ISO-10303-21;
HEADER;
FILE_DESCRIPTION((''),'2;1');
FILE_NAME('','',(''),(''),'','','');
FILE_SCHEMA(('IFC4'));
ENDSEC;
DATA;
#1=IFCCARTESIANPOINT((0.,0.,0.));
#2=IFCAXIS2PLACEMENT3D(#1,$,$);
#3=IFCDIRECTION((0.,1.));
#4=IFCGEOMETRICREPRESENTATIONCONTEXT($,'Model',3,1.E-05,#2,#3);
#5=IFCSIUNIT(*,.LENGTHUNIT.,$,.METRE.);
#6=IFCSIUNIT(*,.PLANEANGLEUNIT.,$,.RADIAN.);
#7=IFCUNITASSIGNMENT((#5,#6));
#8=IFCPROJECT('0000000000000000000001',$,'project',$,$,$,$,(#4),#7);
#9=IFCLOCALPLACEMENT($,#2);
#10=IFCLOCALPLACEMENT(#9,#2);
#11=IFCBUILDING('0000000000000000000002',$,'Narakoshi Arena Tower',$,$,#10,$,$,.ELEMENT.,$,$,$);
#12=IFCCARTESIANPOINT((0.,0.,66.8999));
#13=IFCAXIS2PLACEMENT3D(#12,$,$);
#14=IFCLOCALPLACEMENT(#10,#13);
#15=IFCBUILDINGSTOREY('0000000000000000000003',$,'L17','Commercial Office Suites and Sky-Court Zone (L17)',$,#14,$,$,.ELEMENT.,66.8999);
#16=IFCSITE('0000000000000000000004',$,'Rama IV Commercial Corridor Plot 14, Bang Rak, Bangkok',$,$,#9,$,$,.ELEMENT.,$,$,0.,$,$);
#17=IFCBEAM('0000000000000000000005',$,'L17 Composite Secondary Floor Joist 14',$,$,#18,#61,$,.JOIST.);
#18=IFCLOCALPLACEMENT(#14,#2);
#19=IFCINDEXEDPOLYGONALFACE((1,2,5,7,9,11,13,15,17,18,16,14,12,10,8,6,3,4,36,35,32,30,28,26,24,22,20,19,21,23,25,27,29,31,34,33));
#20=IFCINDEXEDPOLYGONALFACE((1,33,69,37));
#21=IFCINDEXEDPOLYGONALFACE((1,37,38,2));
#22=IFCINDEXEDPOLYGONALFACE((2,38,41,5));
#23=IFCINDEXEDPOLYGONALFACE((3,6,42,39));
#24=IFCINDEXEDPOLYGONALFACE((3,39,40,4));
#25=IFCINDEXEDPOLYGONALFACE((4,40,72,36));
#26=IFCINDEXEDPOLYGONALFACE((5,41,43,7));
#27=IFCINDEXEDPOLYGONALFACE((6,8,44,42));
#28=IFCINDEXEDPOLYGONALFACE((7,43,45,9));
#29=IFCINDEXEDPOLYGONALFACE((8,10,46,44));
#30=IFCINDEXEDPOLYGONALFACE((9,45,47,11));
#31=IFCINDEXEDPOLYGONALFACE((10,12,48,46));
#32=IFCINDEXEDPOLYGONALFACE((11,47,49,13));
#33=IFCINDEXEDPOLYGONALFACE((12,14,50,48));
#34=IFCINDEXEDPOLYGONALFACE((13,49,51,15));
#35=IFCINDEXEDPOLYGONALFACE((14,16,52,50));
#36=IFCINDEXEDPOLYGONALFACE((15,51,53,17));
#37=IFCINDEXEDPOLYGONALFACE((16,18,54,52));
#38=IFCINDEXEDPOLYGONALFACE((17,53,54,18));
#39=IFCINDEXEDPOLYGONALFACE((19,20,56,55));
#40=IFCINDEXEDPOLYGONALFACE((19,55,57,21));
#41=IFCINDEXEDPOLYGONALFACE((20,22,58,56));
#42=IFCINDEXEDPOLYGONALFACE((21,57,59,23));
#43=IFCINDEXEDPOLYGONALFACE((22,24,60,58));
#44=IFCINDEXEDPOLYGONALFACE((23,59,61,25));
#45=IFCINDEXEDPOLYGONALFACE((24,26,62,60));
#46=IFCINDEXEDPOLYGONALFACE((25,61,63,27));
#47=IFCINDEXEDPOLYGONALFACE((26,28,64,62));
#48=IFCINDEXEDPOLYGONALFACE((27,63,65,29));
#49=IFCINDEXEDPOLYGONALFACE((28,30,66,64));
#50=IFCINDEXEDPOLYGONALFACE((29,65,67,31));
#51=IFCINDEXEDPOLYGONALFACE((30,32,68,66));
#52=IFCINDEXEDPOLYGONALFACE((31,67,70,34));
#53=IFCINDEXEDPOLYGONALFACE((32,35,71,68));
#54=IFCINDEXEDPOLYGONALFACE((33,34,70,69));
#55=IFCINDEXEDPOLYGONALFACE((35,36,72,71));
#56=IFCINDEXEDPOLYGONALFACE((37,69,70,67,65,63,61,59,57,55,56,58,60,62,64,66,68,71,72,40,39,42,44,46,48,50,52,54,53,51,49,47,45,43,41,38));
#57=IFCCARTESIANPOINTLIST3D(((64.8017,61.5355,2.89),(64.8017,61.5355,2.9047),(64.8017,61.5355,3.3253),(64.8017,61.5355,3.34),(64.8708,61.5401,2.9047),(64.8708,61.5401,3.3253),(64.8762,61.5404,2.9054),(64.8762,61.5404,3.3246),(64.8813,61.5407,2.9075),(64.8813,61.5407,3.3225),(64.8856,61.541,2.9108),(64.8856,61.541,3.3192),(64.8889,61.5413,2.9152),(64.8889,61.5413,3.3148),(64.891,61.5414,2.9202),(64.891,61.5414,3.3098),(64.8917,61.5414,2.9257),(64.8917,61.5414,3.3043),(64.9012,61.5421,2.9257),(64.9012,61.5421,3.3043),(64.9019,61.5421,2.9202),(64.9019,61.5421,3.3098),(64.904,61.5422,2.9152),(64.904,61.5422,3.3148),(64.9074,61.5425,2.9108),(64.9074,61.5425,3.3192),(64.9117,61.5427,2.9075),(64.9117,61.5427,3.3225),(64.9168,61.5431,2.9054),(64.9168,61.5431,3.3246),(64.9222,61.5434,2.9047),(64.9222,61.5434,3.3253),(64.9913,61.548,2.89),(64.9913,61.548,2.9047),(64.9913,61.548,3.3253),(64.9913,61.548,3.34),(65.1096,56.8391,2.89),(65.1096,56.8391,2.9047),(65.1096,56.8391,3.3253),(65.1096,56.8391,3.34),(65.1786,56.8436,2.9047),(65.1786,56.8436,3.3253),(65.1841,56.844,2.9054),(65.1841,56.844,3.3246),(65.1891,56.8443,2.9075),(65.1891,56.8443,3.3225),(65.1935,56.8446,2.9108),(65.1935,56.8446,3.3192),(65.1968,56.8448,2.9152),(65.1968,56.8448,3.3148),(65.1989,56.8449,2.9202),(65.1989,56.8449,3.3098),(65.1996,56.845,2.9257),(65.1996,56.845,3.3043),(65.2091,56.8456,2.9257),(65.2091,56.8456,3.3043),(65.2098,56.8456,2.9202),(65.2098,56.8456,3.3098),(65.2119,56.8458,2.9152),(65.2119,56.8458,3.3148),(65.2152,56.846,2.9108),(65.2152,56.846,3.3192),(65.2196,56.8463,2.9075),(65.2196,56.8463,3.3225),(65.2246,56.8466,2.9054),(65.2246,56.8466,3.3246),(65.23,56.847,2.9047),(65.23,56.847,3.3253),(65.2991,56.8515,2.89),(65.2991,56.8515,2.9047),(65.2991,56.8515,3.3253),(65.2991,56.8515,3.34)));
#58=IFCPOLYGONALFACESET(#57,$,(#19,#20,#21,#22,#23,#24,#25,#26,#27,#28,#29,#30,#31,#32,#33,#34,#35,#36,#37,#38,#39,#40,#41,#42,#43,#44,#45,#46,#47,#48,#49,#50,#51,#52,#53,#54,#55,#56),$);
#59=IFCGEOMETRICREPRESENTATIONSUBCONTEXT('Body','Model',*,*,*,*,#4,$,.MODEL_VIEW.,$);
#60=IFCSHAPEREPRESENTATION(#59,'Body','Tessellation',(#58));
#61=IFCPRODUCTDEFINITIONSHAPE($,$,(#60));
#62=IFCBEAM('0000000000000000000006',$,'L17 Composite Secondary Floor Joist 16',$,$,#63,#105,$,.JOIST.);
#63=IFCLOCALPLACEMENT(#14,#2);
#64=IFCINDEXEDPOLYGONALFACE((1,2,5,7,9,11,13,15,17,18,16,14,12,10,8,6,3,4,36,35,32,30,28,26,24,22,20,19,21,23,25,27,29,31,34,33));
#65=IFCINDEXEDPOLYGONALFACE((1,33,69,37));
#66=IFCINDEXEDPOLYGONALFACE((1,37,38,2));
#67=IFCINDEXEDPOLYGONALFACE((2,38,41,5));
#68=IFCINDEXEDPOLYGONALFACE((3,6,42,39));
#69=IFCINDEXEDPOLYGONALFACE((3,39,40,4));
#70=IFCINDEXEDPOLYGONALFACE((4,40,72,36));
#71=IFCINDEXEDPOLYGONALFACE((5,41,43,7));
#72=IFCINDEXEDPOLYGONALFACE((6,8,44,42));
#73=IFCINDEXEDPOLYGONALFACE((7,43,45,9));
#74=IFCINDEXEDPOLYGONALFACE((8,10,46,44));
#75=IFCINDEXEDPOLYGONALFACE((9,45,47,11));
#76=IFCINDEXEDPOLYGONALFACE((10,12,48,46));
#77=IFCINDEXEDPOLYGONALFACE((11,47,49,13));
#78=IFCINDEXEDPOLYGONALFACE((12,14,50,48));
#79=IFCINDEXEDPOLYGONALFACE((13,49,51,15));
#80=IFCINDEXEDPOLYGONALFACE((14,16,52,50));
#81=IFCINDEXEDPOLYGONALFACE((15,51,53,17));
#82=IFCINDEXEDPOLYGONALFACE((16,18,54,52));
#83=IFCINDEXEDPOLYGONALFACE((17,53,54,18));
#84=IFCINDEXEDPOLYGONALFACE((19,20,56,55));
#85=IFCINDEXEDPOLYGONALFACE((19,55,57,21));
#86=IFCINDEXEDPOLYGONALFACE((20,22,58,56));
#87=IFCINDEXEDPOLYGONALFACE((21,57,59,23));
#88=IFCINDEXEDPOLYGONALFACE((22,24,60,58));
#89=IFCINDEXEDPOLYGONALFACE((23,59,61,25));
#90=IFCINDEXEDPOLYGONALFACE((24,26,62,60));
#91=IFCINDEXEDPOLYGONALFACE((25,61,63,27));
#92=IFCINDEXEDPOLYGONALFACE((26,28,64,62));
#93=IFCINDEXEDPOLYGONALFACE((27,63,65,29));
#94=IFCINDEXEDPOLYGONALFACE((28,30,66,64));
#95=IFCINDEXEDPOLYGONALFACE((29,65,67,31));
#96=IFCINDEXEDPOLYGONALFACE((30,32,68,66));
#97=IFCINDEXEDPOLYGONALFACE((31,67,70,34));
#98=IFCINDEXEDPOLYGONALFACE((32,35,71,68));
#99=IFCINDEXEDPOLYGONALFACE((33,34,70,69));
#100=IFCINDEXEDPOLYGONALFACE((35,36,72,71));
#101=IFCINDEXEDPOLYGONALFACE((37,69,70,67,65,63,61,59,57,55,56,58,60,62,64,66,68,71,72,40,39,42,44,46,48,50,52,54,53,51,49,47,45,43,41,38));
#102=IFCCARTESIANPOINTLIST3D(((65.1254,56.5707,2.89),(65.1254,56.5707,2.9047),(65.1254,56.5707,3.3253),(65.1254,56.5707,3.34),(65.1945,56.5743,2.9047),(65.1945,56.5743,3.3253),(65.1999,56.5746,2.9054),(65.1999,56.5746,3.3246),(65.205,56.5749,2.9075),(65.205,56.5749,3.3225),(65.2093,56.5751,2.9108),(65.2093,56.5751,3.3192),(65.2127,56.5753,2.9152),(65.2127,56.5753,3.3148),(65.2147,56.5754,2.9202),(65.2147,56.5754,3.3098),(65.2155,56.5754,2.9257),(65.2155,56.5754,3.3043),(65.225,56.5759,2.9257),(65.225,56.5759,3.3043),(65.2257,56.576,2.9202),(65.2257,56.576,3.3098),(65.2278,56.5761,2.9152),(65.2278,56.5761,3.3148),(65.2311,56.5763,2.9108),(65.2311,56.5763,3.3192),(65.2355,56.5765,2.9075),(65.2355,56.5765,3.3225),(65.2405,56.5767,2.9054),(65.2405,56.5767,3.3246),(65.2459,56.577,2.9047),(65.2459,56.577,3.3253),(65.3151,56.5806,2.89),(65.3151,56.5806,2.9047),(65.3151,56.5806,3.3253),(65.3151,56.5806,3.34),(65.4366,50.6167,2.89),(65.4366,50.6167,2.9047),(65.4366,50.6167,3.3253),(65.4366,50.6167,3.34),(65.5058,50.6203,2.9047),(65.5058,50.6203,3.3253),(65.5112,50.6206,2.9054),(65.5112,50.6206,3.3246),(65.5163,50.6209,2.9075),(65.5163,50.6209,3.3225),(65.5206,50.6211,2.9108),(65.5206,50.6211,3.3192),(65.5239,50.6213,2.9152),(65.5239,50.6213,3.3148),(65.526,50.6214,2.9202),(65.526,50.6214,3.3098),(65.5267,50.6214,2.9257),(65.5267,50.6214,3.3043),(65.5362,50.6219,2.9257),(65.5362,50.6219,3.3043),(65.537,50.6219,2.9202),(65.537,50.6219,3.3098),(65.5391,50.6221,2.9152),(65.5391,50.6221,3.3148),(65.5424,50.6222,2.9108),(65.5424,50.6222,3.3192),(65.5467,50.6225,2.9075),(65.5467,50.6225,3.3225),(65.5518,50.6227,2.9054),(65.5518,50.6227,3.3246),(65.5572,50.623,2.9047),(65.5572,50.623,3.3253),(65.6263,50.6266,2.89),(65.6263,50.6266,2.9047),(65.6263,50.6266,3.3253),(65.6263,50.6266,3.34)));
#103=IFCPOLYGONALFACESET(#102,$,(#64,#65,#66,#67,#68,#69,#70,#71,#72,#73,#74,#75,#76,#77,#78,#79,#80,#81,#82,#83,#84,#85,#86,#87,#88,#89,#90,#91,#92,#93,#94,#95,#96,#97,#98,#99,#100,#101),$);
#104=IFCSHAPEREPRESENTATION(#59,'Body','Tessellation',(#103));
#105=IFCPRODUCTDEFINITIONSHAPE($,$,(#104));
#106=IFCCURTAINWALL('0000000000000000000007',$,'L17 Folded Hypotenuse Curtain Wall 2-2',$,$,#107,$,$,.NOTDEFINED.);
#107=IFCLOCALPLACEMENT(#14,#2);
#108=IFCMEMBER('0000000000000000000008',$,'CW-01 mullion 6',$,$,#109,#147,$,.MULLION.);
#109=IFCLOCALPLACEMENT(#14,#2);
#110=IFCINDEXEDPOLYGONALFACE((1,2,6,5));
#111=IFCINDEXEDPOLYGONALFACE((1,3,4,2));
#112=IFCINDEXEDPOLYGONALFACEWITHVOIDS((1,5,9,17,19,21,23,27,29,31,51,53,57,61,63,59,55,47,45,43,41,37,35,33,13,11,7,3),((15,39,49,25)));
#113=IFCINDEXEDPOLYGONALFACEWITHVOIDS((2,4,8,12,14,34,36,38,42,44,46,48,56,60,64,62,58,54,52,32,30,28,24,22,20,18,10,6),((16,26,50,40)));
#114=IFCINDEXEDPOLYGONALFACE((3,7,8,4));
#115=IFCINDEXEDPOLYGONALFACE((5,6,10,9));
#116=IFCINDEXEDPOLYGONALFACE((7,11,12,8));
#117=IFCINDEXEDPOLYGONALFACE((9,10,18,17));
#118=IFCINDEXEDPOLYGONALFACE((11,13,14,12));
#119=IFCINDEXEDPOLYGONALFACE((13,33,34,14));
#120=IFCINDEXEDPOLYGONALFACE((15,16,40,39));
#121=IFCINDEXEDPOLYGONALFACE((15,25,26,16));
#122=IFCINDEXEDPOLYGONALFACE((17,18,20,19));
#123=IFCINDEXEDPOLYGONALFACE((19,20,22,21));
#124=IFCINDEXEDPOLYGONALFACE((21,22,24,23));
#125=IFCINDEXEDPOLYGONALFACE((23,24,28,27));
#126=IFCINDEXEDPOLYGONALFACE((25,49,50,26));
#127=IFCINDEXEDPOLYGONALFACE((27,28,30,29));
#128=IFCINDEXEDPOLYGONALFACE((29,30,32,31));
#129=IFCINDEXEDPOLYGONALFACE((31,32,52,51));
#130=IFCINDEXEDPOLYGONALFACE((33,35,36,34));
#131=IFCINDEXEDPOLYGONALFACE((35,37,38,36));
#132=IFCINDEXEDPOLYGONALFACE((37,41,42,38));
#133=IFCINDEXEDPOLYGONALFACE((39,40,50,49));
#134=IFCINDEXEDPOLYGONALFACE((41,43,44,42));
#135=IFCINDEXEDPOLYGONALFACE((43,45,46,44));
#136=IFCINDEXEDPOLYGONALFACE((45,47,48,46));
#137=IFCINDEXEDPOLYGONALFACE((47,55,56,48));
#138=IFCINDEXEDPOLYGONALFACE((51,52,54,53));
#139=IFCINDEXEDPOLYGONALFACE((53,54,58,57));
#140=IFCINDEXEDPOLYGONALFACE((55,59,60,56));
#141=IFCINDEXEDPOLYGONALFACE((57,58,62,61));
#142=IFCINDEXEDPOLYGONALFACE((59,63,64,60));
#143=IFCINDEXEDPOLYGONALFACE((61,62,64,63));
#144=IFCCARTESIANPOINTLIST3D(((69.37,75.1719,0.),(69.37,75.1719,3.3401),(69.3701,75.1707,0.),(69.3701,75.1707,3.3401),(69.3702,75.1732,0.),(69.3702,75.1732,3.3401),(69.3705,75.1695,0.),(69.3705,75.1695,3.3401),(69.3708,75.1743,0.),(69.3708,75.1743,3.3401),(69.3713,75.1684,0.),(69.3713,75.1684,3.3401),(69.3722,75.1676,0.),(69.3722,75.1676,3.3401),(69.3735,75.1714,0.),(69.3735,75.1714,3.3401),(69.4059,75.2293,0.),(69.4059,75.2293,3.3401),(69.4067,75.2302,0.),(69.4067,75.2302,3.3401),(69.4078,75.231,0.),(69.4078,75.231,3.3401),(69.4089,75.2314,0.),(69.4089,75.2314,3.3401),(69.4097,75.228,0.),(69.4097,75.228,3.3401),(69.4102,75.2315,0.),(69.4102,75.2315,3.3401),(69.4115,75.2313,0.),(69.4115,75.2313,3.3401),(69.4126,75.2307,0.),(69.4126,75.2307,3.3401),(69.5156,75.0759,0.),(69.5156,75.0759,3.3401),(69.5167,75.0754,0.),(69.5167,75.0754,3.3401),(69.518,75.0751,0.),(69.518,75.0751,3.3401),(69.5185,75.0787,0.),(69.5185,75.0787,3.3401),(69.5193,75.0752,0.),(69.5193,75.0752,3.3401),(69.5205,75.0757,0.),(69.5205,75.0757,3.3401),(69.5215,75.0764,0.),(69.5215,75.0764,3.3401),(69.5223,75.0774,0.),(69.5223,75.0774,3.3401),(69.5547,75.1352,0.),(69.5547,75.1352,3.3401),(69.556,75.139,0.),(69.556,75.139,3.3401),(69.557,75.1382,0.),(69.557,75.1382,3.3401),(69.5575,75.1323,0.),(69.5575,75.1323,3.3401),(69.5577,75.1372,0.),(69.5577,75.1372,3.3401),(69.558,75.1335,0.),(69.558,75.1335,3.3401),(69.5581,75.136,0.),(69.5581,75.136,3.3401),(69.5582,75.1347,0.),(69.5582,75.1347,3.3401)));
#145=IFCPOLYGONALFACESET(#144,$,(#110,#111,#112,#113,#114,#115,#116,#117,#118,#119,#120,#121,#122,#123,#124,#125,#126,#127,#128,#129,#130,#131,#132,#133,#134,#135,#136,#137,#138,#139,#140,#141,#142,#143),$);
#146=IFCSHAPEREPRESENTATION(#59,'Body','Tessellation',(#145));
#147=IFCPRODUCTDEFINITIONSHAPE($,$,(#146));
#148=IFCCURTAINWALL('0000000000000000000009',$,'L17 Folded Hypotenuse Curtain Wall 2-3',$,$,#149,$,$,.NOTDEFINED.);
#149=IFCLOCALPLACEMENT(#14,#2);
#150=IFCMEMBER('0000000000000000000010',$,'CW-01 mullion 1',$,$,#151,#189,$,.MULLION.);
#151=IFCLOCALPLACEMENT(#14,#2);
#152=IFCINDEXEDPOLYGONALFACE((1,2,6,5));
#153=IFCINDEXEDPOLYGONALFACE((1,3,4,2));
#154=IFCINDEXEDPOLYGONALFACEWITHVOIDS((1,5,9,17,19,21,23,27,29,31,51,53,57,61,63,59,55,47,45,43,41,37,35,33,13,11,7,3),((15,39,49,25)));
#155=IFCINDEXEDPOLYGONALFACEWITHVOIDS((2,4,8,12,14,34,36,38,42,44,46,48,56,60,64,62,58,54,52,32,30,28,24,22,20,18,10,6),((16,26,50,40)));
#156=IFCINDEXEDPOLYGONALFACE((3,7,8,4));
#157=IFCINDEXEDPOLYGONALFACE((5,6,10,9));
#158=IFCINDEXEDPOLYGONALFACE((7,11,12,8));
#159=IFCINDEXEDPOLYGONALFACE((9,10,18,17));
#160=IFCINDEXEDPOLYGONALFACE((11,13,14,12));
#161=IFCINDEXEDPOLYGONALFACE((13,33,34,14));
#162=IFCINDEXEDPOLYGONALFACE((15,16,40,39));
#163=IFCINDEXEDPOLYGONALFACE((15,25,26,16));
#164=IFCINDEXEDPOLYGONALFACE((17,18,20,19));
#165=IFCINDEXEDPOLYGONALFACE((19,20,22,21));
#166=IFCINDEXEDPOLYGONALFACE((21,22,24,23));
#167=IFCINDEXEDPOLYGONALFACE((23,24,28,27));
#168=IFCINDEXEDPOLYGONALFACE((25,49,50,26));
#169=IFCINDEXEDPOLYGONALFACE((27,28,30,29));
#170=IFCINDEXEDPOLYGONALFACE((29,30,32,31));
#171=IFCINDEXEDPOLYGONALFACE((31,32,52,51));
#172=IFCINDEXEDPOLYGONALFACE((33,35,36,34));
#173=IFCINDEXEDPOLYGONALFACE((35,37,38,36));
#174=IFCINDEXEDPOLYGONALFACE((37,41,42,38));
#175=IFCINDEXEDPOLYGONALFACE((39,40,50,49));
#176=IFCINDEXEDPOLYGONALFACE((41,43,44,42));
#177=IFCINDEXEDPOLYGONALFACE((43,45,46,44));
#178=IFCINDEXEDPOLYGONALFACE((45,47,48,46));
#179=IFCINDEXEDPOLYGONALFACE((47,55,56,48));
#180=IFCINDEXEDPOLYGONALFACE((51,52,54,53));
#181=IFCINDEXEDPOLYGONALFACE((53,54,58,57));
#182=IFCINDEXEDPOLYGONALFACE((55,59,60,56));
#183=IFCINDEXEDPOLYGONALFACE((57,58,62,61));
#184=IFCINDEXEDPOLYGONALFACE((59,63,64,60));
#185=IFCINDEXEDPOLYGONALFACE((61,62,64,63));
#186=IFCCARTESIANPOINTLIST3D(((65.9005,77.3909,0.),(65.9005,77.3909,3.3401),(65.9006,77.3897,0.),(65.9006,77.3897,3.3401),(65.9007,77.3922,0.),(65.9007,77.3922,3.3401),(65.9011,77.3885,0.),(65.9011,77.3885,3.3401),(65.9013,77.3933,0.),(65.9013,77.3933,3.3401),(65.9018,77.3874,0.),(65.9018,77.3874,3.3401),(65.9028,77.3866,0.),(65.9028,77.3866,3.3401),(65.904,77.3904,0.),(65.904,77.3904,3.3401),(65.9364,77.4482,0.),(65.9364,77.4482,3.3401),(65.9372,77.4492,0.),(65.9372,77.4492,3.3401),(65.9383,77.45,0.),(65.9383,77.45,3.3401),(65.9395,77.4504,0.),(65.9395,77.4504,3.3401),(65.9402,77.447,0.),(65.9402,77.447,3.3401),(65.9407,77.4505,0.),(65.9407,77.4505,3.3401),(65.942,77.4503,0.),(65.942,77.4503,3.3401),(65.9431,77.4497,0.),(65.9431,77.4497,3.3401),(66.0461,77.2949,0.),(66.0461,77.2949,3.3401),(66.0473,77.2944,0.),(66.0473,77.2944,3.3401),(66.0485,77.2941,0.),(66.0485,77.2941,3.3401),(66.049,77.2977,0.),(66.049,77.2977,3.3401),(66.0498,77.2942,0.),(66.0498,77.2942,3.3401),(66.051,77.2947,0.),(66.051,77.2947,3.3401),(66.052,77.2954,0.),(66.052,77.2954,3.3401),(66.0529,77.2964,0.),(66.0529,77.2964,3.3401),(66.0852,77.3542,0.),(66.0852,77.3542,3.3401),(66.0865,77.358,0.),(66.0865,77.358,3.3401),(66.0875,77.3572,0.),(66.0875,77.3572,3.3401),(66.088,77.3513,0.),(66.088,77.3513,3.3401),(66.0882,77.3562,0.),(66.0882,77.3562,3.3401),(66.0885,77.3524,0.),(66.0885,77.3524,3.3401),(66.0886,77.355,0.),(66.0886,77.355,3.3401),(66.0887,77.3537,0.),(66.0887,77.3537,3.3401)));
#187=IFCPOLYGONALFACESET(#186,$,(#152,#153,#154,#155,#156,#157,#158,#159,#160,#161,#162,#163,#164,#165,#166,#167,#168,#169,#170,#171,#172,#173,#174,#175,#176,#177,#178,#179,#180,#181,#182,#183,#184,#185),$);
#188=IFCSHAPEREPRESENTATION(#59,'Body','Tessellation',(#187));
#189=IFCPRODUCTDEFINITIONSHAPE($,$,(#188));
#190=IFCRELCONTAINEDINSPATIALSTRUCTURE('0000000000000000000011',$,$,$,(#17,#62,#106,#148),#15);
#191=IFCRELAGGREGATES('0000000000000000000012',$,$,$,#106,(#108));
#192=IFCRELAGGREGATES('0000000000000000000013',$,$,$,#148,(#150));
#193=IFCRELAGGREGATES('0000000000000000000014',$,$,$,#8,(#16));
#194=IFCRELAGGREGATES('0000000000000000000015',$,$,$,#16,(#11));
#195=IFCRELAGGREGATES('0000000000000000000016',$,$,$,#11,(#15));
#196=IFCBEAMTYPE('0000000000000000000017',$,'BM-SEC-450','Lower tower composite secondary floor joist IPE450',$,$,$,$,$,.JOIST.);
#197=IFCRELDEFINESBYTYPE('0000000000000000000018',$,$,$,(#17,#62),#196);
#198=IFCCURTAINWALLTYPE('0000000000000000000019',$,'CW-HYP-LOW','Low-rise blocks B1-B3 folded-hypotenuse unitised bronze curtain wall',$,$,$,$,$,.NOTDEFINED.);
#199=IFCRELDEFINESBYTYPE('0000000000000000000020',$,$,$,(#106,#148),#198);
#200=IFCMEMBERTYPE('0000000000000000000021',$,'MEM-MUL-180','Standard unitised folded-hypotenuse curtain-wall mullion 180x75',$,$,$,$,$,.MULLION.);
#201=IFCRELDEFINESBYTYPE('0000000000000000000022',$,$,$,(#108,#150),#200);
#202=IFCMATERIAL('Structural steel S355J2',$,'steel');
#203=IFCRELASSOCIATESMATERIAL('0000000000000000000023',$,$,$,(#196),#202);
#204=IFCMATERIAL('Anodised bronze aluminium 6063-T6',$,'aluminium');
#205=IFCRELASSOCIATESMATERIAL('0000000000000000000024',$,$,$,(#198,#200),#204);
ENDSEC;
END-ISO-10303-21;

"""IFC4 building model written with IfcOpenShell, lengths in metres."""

from ifc_helpers import new_model, si_unit, direction, frame, origin, origin_2d, place, context, subcontext, project, spatial, hollow_rectangle, i_section, extrude, material, material_profile, profile_set, type_object, element, aggregate, save


model = new_model("IFC4")

# Units and contexts
model_context = context("Model", 3, precision=1e-05, world=origin(), true_north=direction((0.0, 1.0)))
body_context = subcontext(model_context, "Body", "Model", "MODEL_VIEW")
ifc_project = project(units=[si_unit("LENGTHUNIT", "METRE"), si_unit("PLANEANGLEUNIT", "RADIAN")], contexts=[model_context])

# Site, building, storey
site_placement = place(None, origin())
site = spatial("IfcSite", under=ifc_project, at=site_placement, Name="Rama IV Commercial Corridor Plot 14, Bang Rak, Bangkok", CompositionType="ELEMENT", RefElevation=0.0)
building_placement = place(site_placement, origin())
building = spatial("IfcBuilding", under=site, at=building_placement, Name="Narakoshi Arena Tower", CompositionType="ELEMENT")
storey_placement = place(building_placement, frame((0.0, 0.0, 66.8999)))
storey = spatial("IfcBuildingStorey", under=building, at=storey_placement, Name="L17", Description="Commercial Office Suites and Sky-Court Zone (L17)", CompositionType="ELEMENT", Elevation=66.8999)

# Beams
ifc_material_1 = material(Name="Structural steel S355J2", Category="steel")
ifc_material_profile_1 = material_profile(ifc_material_1, i_section(OverallWidth=0.1899, OverallDepth=0.45, WebThickness=0.0095, FlangeThickness=0.0146, FilletRadius=0.021, at=origin_2d()), Name="IPE450")
ifc_profile_set_1 = profile_set([ifc_material_profile_1], Name="Structural steel S355J2")
beam_type_1 = type_object("IfcBeamType", Name="BM-SEC-450", Description="Lower tower composite secondary floor joist IPE450", PredefinedType="JOIST", material=ifc_profile_set_1)
beam_1_placement = place(storey_placement, frame((64.8965, 61.5417, 3.115), z_axis=(0.06541, -0.997858, 0.0), x_axis=(0.997858, 0.06541, 0.0)))
element("IfcBeam", 1, at=beam_1_placement, inside=storey, type_object=beam_type_1, Name="L17 Composite Secondary Floor Joist 14", PredefinedType="JOIST", context=body_context, shape_type="SweptSolid", body=[
    extrude(i_section(OverallWidth=0.1899, OverallDepth=0.45, WebThickness=0.0095, FlangeThickness=0.0146, FilletRadius=0.021, at=origin_2d()), origin(), (0.0, 0.0, 1.0), 4.7065),
])
beam_2_placement = place(storey_placement, frame((65.2202, 56.5757, 3.115), z_axis=(0.052209, -0.998636, 0.0), x_axis=(0.998636, 0.052209, 0.0)))
element("IfcBeam", 2, at=beam_2_placement, inside=storey, type_object=beam_type_1, Name="L17 Composite Secondary Floor Joist 16", PredefinedType="JOIST", context=body_context, shape_type="SweptSolid", body=[
    extrude(i_section(OverallWidth=0.1899, OverallDepth=0.45, WebThickness=0.0095, FlangeThickness=0.0146, FilletRadius=0.021, at=origin_2d()), origin(), (0.0, 0.0, 1.0), 5.9622),
])

# Curtain wall, member
ifc_material_2 = material(Name="Anodised bronze aluminium 6063-T6", Category="aluminium")
curtain_wall_type = type_object("IfcCurtainWallType", Name="CW-HYP-LOW", Description="Low-rise blocks B1-B3 folded-hypotenuse unitised bronze curtain wall", PredefinedType="NOTDEFINED", material=ifc_material_2)
curtain_wall_1_placement = place(storey_placement, origin())
curtain_wall_1 = element("IfcCurtainWall", 3, at=curtain_wall_1_placement, inside=storey, type_object=curtain_wall_type, Name="L17 Folded Hypotenuse Curtain Wall 2-2", PredefinedType="NOTDEFINED")
ifc_material_profile_2 = material_profile(ifc_material_2, hollow_rectangle(XDim=0.075, YDim=0.1799, WallThickness=0.0039, OuterFilletRadius=0.0049, at=origin_2d()), Name="MUL180x75x4")
ifc_profile_set_2 = profile_set([ifc_material_profile_2], Name="Anodised bronze aluminium 6063-T6")
member_type_1 = type_object("IfcMemberType", Name="MEM-MUL-180", Description="Standard unitised folded-hypotenuse curtain-wall mullion 180x75", PredefinedType="MULLION", material=ifc_profile_set_2)
member_1_placement = place(storey_placement, frame((69.4641, 75.1533, 0.0), z_axis=(0.0, 0.0, 1.0), x_axis=(-0.538829, -0.842415, 0.0)))
member_1 = element("IfcMember", 4, at=member_1_placement, type_object=member_type_1, Name="CW-01 mullion 6", PredefinedType="MULLION", context=body_context, shape_type="SweptSolid", body=[
    extrude(hollow_rectangle(XDim=0.075, YDim=0.1799, WallThickness=0.0039, OuterFilletRadius=0.0049, at=origin_2d()), origin(), (0.0, 0.0, 1.0), 3.3401),
])

# Curtain wall, member
curtain_wall_2_placement = place(storey_placement, origin())
curtain_wall_2 = element("IfcCurtainWall", 5, at=curtain_wall_2_placement, inside=storey, type_object=curtain_wall_type, Name="L17 Folded Hypotenuse Curtain Wall 2-3", PredefinedType="NOTDEFINED")
member_2_placement = place(storey_placement, frame((65.9946, 77.3723, 0.0), z_axis=(0.0, 0.0, 1.0), x_axis=(-0.538841, -0.842407, 0.0)))
member_2 = element("IfcMember", 6, at=member_2_placement, type_object=member_type_1, Name="CW-01 mullion 1", PredefinedType="MULLION", context=body_context, shape_type="SweptSolid", body=[
    extrude(hollow_rectangle(XDim=0.075, YDim=0.1799, WallThickness=0.0039, OuterFilletRadius=0.0049, at=origin_2d()), origin(), (0.0, 0.0, 1.0), 3.3401),
])

aggregate(curtain_wall_1, [member_1])
aggregate(curtain_wall_2, [member_2])

save(model, "model.ifc")
